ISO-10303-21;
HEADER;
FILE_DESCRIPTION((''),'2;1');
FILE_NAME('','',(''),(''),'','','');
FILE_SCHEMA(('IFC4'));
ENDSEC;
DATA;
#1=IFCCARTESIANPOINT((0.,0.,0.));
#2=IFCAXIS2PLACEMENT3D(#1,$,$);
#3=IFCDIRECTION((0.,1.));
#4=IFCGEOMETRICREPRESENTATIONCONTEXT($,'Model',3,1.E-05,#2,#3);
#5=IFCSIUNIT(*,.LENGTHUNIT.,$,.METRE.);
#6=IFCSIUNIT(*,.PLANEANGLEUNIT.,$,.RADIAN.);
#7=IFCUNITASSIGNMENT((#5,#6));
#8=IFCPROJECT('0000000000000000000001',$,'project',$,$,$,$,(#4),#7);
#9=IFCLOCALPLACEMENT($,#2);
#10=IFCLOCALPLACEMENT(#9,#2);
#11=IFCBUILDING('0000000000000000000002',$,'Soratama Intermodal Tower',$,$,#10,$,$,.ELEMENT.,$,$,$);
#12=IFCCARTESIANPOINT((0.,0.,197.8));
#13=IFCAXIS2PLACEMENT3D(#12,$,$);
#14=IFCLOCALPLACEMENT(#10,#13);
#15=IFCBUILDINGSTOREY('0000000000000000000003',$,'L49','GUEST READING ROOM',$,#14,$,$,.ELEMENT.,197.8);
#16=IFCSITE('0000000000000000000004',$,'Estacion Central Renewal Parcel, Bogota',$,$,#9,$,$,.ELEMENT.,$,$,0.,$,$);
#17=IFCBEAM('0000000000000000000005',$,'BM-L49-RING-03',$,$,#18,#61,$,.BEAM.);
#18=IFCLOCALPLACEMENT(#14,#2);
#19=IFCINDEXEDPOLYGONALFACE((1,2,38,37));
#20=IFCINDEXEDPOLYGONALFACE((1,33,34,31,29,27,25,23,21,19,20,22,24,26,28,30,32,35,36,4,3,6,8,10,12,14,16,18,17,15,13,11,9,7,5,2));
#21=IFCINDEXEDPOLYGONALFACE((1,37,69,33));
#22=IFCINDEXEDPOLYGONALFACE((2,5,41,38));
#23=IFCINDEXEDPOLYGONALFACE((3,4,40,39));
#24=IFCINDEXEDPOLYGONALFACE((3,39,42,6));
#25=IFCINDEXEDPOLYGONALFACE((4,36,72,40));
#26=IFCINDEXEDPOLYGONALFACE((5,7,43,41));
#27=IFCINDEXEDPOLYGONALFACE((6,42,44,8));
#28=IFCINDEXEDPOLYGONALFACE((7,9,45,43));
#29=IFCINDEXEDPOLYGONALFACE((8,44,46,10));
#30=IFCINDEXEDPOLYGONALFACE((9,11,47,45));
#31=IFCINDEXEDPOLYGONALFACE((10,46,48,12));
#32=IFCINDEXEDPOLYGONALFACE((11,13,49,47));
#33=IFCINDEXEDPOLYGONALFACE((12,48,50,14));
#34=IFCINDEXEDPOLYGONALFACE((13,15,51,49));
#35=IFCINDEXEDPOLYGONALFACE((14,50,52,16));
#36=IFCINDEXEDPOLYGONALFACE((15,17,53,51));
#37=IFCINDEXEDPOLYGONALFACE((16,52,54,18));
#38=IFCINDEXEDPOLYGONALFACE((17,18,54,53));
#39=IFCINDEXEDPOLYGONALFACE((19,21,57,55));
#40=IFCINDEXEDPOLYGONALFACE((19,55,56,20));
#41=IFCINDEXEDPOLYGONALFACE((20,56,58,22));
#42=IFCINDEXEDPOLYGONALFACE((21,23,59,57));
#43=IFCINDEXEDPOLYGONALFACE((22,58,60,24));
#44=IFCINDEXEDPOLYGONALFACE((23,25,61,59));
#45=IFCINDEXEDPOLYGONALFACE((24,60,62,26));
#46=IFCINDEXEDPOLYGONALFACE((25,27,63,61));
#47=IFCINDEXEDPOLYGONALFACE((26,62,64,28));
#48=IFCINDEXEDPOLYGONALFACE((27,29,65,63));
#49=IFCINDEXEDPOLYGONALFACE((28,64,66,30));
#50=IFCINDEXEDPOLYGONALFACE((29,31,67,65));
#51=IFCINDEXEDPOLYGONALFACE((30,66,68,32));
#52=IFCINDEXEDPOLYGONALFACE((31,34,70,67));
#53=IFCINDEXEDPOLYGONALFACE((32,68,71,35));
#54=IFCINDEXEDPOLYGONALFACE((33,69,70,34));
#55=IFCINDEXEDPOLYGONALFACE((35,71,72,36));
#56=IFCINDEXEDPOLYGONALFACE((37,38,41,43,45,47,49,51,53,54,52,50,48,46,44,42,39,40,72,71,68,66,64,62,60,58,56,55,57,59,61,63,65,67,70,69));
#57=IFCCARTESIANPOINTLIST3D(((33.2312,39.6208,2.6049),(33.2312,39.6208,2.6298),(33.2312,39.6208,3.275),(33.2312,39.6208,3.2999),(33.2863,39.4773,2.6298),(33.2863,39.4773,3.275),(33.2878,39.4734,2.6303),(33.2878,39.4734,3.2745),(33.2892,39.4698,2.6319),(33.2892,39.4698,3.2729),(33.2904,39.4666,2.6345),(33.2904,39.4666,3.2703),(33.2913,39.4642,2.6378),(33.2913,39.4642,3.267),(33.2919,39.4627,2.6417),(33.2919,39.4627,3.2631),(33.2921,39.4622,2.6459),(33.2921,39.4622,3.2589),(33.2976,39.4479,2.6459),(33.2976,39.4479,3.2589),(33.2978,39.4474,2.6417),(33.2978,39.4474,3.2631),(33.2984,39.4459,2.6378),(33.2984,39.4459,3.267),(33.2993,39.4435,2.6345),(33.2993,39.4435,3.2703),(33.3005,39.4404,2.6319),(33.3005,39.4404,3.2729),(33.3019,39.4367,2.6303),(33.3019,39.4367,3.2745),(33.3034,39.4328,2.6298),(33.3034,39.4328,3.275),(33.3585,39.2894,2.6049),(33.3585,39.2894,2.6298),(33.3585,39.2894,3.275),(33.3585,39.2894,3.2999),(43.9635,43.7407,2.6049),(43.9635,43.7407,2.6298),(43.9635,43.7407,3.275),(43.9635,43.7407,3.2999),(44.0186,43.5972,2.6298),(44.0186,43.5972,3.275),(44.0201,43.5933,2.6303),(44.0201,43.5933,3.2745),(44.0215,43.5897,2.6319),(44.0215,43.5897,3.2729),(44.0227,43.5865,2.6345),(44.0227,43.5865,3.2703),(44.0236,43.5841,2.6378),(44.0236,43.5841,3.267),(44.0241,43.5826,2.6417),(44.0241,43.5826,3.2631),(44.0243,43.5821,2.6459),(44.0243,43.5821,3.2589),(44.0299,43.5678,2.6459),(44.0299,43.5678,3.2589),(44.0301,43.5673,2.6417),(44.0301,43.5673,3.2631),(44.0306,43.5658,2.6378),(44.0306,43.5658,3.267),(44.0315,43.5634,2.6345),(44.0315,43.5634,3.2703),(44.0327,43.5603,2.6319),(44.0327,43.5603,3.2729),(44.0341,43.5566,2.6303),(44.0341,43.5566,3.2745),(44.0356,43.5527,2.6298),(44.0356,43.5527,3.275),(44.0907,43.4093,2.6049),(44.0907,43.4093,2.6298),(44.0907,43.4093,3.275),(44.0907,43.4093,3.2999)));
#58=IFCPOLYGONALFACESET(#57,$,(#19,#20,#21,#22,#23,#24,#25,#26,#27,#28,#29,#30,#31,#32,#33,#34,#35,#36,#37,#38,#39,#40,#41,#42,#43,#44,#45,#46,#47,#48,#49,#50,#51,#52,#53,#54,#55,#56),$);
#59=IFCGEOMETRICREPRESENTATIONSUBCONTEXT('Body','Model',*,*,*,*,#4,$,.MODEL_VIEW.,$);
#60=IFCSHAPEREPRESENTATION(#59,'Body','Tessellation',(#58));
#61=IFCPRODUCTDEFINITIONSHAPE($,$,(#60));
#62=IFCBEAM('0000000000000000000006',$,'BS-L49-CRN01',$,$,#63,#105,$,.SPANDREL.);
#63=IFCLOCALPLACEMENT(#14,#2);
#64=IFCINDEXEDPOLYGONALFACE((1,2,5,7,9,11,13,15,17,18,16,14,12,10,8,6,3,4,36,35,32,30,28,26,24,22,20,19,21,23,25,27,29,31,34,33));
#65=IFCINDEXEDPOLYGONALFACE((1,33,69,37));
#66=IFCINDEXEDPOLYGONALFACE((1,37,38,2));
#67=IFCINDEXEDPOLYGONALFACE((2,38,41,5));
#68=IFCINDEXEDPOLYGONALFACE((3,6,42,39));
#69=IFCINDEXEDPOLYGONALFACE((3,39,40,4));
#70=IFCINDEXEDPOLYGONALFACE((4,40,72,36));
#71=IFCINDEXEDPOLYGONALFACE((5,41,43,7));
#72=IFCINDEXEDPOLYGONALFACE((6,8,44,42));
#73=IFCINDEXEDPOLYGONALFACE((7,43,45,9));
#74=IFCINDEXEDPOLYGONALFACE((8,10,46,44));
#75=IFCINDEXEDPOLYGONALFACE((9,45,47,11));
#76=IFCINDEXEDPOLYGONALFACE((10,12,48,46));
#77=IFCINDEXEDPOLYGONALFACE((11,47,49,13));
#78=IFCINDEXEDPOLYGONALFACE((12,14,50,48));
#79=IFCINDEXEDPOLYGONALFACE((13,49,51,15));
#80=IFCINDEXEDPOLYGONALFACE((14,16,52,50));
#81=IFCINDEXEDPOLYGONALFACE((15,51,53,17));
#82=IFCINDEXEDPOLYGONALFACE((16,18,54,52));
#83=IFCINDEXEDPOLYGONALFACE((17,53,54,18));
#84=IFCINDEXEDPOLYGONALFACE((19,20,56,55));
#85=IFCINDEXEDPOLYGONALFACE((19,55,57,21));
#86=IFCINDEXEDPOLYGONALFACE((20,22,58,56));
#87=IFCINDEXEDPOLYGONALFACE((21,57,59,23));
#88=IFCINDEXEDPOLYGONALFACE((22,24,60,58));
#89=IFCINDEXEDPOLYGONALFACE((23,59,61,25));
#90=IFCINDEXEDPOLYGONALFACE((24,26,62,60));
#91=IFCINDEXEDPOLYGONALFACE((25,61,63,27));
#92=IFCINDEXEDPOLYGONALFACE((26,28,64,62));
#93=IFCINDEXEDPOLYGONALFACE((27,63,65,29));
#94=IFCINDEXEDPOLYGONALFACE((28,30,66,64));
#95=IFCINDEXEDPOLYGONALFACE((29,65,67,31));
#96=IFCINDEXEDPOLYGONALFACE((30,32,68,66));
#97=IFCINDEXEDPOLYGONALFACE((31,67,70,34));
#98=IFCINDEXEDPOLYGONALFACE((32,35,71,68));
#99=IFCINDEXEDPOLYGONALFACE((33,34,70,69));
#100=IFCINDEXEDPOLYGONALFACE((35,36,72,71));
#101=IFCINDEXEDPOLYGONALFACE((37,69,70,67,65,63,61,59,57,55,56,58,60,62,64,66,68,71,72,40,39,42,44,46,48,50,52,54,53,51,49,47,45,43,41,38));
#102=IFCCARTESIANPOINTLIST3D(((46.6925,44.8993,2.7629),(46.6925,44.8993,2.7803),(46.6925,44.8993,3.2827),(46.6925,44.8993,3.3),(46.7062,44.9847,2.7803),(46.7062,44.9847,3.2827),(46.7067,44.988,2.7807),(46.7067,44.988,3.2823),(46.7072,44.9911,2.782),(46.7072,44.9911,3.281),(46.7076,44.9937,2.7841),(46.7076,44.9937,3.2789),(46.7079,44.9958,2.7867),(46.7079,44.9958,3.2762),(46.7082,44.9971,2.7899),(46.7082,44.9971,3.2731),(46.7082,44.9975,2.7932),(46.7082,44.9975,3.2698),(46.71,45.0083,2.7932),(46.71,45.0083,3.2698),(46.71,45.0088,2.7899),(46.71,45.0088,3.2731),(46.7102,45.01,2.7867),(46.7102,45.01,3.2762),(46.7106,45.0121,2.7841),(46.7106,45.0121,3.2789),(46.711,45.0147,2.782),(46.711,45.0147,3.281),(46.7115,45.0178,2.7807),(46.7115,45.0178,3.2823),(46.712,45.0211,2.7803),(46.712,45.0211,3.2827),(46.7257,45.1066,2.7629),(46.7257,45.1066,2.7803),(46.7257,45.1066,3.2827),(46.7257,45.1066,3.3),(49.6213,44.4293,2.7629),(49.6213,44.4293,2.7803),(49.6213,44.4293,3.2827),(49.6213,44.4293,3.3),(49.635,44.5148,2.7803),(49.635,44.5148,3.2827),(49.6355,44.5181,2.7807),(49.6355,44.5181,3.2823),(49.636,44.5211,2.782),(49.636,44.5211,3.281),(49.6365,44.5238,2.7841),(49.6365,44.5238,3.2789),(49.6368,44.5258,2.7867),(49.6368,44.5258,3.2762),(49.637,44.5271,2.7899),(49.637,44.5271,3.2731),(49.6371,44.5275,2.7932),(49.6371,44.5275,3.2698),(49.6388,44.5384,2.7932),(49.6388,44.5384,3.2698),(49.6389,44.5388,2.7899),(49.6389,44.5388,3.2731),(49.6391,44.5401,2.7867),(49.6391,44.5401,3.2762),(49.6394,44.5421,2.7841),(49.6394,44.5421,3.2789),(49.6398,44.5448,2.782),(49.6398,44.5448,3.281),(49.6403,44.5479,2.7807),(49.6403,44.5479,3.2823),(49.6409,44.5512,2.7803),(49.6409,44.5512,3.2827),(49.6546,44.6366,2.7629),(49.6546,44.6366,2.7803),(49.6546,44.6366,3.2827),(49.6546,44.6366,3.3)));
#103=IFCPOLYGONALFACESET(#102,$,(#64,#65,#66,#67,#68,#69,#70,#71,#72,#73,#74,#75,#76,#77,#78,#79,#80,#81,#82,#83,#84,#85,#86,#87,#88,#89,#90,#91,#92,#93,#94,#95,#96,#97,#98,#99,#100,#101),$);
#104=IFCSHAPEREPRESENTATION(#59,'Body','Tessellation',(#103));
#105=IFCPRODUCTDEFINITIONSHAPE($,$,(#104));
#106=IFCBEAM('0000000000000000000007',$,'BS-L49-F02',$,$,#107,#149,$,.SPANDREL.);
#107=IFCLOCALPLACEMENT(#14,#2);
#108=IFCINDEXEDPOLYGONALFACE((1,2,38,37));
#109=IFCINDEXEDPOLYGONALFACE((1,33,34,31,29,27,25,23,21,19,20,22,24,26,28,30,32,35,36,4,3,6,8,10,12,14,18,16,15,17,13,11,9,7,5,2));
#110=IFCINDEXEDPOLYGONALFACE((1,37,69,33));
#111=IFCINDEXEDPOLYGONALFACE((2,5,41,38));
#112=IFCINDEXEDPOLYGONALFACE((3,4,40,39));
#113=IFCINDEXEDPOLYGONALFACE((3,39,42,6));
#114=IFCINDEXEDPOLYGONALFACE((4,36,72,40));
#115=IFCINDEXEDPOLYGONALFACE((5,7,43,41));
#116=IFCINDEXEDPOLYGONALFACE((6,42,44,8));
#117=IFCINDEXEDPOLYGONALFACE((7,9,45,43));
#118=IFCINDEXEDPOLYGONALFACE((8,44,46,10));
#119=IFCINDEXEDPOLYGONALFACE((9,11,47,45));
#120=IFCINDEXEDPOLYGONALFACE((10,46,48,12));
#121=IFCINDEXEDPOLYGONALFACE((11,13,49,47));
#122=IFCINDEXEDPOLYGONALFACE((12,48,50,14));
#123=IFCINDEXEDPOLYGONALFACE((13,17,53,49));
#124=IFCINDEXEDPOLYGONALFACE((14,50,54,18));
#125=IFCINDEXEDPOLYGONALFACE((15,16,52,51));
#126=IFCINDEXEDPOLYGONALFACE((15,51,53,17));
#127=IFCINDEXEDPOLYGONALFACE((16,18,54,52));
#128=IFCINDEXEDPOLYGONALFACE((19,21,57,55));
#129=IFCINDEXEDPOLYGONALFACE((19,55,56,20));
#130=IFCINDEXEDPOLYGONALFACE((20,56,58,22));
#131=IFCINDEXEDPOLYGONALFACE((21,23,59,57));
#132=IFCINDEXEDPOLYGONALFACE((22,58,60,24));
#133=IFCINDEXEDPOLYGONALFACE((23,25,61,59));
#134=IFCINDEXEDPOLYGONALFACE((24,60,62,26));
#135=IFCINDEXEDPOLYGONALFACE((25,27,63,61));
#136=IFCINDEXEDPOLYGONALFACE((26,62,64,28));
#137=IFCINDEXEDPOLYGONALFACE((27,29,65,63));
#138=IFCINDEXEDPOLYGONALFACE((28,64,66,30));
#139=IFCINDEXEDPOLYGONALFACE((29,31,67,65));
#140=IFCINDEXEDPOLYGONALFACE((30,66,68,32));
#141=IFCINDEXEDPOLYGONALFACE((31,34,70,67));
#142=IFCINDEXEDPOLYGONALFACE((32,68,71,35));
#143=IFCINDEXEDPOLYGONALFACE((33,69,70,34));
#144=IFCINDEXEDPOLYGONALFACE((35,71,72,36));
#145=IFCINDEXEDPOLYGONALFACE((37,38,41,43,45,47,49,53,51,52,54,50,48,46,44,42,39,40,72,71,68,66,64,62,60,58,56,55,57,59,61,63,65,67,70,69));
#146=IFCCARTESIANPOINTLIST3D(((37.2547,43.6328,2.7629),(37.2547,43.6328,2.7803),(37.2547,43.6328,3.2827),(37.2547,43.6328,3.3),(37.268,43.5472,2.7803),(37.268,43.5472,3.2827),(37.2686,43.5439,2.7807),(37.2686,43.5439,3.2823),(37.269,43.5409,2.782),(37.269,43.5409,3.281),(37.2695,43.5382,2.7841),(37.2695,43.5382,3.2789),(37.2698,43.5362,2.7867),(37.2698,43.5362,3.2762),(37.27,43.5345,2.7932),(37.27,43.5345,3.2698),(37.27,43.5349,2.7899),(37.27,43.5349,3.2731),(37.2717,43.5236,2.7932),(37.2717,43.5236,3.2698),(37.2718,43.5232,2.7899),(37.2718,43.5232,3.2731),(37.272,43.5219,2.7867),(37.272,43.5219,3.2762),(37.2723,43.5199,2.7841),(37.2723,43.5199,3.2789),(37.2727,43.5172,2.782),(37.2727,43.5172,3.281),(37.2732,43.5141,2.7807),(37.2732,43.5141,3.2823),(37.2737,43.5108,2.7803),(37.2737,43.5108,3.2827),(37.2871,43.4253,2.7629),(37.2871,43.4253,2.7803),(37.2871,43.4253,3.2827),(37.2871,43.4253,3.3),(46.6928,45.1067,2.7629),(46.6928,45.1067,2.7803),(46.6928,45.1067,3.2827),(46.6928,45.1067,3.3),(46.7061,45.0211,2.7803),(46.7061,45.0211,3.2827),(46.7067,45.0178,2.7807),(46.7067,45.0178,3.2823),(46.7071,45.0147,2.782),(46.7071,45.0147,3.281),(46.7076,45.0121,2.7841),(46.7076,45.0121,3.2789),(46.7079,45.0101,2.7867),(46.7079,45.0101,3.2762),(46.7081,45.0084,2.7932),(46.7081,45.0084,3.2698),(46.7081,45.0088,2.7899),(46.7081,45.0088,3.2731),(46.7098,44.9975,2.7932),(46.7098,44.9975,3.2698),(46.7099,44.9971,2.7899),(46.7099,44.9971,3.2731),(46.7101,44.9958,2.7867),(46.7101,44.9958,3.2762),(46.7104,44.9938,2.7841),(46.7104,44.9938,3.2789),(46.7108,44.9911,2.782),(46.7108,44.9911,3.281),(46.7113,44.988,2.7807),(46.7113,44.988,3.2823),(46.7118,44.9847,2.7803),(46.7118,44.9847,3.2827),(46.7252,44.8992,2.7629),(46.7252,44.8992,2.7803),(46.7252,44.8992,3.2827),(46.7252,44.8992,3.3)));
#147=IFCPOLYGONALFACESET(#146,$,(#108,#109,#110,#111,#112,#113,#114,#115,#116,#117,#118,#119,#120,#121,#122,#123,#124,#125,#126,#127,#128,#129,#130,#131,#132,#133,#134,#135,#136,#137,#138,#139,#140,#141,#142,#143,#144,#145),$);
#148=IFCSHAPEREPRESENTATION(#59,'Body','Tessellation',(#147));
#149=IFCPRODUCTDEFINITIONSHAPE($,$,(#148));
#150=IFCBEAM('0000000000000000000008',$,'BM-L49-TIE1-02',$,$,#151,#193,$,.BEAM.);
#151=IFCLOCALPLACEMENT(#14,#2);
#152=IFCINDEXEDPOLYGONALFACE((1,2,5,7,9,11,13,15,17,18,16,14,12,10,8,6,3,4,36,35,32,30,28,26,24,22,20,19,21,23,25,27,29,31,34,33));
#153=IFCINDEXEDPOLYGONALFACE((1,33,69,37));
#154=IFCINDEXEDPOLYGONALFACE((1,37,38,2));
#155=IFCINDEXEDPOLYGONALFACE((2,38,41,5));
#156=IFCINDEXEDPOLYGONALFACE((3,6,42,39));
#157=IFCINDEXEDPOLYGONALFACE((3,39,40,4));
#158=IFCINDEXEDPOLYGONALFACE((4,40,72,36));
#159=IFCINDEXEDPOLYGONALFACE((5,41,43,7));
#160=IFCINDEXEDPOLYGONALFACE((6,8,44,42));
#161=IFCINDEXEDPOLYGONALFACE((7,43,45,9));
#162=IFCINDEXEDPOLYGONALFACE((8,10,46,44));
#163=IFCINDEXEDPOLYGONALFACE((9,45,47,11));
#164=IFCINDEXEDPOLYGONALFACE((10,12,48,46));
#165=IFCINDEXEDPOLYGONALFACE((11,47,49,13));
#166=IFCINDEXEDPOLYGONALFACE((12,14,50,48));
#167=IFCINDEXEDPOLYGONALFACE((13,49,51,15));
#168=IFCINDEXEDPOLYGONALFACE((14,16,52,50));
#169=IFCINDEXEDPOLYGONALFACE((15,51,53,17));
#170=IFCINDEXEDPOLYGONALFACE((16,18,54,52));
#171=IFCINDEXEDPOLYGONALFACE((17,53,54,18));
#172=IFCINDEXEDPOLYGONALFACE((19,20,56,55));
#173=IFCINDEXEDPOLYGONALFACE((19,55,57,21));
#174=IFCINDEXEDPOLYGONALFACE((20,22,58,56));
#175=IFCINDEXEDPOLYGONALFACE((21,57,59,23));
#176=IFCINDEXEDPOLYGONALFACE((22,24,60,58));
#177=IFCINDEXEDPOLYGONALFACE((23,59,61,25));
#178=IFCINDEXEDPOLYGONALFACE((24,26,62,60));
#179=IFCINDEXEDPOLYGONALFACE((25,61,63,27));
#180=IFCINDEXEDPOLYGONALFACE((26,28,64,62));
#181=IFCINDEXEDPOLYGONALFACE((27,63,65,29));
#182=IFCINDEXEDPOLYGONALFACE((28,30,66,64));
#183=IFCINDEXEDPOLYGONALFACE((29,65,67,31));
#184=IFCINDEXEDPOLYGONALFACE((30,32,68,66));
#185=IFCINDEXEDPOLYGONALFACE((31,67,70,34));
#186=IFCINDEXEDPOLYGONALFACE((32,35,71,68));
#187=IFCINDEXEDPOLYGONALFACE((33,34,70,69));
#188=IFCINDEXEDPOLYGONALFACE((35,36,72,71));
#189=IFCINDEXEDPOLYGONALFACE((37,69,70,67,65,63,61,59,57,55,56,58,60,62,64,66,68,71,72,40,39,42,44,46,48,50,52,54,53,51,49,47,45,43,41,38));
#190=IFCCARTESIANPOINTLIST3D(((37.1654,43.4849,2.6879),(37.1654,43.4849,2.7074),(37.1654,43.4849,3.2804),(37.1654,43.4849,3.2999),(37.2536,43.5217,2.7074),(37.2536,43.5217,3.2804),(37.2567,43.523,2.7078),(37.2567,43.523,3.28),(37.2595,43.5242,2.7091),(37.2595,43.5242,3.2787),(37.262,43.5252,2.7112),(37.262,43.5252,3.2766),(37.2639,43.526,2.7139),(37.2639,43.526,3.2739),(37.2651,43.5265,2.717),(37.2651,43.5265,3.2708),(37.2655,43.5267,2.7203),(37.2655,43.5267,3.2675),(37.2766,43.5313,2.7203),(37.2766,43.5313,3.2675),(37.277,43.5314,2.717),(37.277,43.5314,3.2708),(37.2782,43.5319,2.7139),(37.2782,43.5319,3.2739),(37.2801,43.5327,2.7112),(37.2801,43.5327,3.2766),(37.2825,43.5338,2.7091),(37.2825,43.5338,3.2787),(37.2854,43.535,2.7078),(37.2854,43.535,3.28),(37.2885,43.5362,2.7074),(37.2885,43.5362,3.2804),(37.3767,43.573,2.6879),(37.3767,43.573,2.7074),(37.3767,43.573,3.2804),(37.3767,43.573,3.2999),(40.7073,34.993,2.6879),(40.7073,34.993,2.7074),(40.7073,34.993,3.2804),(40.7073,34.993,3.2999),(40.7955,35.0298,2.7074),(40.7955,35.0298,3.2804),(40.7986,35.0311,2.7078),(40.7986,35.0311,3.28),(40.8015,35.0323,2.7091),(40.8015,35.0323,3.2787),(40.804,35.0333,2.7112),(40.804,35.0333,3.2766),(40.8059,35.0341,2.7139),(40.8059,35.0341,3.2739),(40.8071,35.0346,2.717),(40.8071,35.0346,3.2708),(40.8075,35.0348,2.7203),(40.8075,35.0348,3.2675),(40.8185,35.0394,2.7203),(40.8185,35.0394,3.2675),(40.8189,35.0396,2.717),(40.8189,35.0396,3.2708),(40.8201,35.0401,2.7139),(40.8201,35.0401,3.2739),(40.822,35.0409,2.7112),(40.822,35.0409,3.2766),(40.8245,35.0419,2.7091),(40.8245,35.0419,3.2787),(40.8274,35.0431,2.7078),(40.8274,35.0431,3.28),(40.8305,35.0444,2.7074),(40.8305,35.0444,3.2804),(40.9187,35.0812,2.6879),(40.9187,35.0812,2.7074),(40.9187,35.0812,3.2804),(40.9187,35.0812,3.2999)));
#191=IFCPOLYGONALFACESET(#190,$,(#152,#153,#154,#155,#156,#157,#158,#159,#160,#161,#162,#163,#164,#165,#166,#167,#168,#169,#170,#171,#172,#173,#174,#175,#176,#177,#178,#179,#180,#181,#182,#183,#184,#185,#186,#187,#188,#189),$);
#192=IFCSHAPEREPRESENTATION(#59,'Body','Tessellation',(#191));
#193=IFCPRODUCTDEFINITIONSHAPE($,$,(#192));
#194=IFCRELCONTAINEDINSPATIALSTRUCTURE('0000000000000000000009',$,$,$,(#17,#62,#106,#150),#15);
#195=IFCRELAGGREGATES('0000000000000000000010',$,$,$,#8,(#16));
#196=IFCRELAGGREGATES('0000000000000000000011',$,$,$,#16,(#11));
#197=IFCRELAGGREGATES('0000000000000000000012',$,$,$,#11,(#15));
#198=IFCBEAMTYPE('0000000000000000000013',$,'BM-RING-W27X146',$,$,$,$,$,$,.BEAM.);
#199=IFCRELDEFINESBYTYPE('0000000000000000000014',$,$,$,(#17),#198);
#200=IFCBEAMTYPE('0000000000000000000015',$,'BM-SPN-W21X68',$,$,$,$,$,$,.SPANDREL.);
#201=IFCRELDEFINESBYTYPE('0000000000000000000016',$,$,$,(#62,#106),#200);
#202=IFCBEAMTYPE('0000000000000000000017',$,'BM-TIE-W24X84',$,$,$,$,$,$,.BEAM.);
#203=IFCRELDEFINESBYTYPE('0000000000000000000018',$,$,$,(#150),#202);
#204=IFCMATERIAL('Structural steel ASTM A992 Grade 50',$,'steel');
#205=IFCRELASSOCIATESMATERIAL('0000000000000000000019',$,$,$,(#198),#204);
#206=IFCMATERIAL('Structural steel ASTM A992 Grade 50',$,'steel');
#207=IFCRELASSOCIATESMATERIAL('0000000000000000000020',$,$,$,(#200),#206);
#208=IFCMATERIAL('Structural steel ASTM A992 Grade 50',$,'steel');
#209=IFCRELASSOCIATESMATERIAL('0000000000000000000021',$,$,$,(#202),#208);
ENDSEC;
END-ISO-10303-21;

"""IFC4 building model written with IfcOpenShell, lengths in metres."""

from ifc_helpers import new_model, si_unit, direction, frame, origin, origin_2d, place, context, subcontext, project, spatial, i_section, extrude, material, material_profile, profile_set, type_object, element, save


model = new_model("IFC4")

# Units and contexts
model_context = context("Model", 3, precision=1e-05, world=origin(), true_north=direction((0.0, 1.0)))
body_context = subcontext(model_context, "Body", "Model", "MODEL_VIEW")
ifc_project = project(units=[si_unit("LENGTHUNIT", "METRE"), si_unit("PLANEANGLEUNIT", "RADIAN")], contexts=[model_context])

# Site, building, storey
site_placement = place(None, origin())
site = spatial("IfcSite", under=ifc_project, at=site_placement, Name="Estacion Central Renewal Parcel, Bogota", CompositionType="ELEMENT", RefElevation=0.0)
building_placement = place(site_placement, origin())
building = spatial("IfcBuilding", under=site, at=building_placement, Name="Soratama Intermodal Tower", CompositionType="ELEMENT")
storey_placement = place(building_placement, frame((0.0, 0.0, 197.8)))
storey = spatial("IfcBuildingStorey", under=building, at=storey_placement, Name="L49", Description="GUEST READING ROOM", CompositionType="ELEMENT", Elevation=197.8)

# Beams
ifc_material_1 = material(Name="Structural steel ASTM A992 Grade 50", Category="steel")
ifc_material_profile_1 = material_profile(ifc_material_1, i_section(OverallWidth=0.355, OverallDepth=0.6951, WebThickness=0.0154, FlangeThickness=0.0249, FilletRadius=0.0161, at=origin_2d()), Name="W27X146")
ifc_profile_set_1 = profile_set([ifc_material_profile_1], Name="Structural steel ASTM A992 Grade 50")
beam_type_1 = type_object("IfcBeamType", Name="BM-RING-W27X146", PredefinedType="BEAM", material=ifc_profile_set_1)
beam_1_placement = place(storey_placement, frame((44.0271, 43.575, 2.9524), z_axis=(-0.933575, -0.358381, 0.0), x_axis=(0.358381, -0.933575, 0.0)))
element("IfcBeam", 1, at=beam_1_placement, inside=storey, type_object=beam_type_1, Name="BM-L49-RING-03", PredefinedType="BEAM", context=body_context, shape_type="SweptSolid", body=[
    extrude(i_section(OverallWidth=0.355, OverallDepth=0.6951, WebThickness=0.0154, FlangeThickness=0.0249, FilletRadius=0.0161, at=origin_2d()), origin(), (0.0, 0.0, 1.0), 11.4958),
])
ifc_material_2 = material(Name="Structural steel ASTM A992 Grade 50", Category="steel")
ifc_material_profile_2 = material_profile(ifc_material_2, i_section(OverallWidth=0.21, OverallDepth=0.5371, WebThickness=0.011, FlangeThickness=0.0173, FilletRadius=0.0129, at=origin_2d()), Name="W21X68")
ifc_profile_set_2 = profile_set([ifc_material_profile_2], Name="Structural steel ASTM A992 Grade 50")
beam_type_2 = type_object("IfcBeamType", Name="BM-SPN-W21X68", PredefinedType="SPANDREL", material=ifc_profile_set_2)
beam_2_placement = place(storey_placement, frame((49.6379, 44.533, 3.0315), z_axis=(-0.98737, 0.15843, 0.0), x_axis=(-0.15843, -0.98737, 0.0)))
element("IfcBeam", 2, at=beam_2_placement, inside=storey, type_object=beam_type_2, Name="BS-L49-CRN01", PredefinedType="SPANDREL", context=body_context, shape_type="SweptSolid", body=[
    extrude(i_section(OverallWidth=0.21, OverallDepth=0.5371, WebThickness=0.011, FlangeThickness=0.0173, FilletRadius=0.0129, at=origin_2d()), origin(), (0.0, 0.0, 1.0), 2.9663),
])
beam_3_placement = place(storey_placement, frame((46.709, 45.0029, 3.0315), z_axis=(-0.988025, -0.154294, 0.0), x_axis=(0.154294, -0.988025, 0.0)))
element("IfcBeam", 3, at=beam_3_placement, inside=storey, type_object=beam_type_2, Name="BS-L49-F02", PredefinedType="SPANDREL", context=body_context, shape_type="SweptSolid", body=[
    extrude(i_section(OverallWidth=0.21, OverallDepth=0.5371, WebThickness=0.011, FlangeThickness=0.0173, FilletRadius=0.0129, at=origin_2d()), origin(), (0.0, 0.0, 1.0), 9.5525),
])
ifc_material_3 = material(Name="Structural steel ASTM A992 Grade 50", Category="steel")
ifc_material_profile_3 = material_profile(ifc_material_3, i_section(OverallWidth=0.229, OverallDepth=0.6121, WebThickness=0.012, FlangeThickness=0.0195, FilletRadius=0.0129, at=origin_2d()), Name="W24X84")
ifc_profile_set_3 = profile_set([ifc_material_profile_3], Name="Structural steel ASTM A992 Grade 50")
beam_type_3 = type_object("IfcBeamType", Name="BM-TIE-W24X84", PredefinedType="BEAM", material=ifc_profile_set_3)
beam_4_placement = place(storey_placement, frame((40.813, 35.0371, 2.9939), z_axis=(-0.384956, 0.922935, 0.0), x_axis=(-0.922935, -0.384956, 0.0)))
element("IfcBeam", 4, at=beam_4_placement, inside=storey, type_object=beam_type_3, Name="BM-L49-TIE1-02", PredefinedType="BEAM", context=body_context, shape_type="SweptSolid", body=[
    extrude(i_section(OverallWidth=0.229, OverallDepth=0.6121, WebThickness=0.012, FlangeThickness=0.0195, FilletRadius=0.0129, at=origin_2d()), origin(), (0.0, 0.0, 1.0), 9.2009),
])

save(model, "model.ifc")
